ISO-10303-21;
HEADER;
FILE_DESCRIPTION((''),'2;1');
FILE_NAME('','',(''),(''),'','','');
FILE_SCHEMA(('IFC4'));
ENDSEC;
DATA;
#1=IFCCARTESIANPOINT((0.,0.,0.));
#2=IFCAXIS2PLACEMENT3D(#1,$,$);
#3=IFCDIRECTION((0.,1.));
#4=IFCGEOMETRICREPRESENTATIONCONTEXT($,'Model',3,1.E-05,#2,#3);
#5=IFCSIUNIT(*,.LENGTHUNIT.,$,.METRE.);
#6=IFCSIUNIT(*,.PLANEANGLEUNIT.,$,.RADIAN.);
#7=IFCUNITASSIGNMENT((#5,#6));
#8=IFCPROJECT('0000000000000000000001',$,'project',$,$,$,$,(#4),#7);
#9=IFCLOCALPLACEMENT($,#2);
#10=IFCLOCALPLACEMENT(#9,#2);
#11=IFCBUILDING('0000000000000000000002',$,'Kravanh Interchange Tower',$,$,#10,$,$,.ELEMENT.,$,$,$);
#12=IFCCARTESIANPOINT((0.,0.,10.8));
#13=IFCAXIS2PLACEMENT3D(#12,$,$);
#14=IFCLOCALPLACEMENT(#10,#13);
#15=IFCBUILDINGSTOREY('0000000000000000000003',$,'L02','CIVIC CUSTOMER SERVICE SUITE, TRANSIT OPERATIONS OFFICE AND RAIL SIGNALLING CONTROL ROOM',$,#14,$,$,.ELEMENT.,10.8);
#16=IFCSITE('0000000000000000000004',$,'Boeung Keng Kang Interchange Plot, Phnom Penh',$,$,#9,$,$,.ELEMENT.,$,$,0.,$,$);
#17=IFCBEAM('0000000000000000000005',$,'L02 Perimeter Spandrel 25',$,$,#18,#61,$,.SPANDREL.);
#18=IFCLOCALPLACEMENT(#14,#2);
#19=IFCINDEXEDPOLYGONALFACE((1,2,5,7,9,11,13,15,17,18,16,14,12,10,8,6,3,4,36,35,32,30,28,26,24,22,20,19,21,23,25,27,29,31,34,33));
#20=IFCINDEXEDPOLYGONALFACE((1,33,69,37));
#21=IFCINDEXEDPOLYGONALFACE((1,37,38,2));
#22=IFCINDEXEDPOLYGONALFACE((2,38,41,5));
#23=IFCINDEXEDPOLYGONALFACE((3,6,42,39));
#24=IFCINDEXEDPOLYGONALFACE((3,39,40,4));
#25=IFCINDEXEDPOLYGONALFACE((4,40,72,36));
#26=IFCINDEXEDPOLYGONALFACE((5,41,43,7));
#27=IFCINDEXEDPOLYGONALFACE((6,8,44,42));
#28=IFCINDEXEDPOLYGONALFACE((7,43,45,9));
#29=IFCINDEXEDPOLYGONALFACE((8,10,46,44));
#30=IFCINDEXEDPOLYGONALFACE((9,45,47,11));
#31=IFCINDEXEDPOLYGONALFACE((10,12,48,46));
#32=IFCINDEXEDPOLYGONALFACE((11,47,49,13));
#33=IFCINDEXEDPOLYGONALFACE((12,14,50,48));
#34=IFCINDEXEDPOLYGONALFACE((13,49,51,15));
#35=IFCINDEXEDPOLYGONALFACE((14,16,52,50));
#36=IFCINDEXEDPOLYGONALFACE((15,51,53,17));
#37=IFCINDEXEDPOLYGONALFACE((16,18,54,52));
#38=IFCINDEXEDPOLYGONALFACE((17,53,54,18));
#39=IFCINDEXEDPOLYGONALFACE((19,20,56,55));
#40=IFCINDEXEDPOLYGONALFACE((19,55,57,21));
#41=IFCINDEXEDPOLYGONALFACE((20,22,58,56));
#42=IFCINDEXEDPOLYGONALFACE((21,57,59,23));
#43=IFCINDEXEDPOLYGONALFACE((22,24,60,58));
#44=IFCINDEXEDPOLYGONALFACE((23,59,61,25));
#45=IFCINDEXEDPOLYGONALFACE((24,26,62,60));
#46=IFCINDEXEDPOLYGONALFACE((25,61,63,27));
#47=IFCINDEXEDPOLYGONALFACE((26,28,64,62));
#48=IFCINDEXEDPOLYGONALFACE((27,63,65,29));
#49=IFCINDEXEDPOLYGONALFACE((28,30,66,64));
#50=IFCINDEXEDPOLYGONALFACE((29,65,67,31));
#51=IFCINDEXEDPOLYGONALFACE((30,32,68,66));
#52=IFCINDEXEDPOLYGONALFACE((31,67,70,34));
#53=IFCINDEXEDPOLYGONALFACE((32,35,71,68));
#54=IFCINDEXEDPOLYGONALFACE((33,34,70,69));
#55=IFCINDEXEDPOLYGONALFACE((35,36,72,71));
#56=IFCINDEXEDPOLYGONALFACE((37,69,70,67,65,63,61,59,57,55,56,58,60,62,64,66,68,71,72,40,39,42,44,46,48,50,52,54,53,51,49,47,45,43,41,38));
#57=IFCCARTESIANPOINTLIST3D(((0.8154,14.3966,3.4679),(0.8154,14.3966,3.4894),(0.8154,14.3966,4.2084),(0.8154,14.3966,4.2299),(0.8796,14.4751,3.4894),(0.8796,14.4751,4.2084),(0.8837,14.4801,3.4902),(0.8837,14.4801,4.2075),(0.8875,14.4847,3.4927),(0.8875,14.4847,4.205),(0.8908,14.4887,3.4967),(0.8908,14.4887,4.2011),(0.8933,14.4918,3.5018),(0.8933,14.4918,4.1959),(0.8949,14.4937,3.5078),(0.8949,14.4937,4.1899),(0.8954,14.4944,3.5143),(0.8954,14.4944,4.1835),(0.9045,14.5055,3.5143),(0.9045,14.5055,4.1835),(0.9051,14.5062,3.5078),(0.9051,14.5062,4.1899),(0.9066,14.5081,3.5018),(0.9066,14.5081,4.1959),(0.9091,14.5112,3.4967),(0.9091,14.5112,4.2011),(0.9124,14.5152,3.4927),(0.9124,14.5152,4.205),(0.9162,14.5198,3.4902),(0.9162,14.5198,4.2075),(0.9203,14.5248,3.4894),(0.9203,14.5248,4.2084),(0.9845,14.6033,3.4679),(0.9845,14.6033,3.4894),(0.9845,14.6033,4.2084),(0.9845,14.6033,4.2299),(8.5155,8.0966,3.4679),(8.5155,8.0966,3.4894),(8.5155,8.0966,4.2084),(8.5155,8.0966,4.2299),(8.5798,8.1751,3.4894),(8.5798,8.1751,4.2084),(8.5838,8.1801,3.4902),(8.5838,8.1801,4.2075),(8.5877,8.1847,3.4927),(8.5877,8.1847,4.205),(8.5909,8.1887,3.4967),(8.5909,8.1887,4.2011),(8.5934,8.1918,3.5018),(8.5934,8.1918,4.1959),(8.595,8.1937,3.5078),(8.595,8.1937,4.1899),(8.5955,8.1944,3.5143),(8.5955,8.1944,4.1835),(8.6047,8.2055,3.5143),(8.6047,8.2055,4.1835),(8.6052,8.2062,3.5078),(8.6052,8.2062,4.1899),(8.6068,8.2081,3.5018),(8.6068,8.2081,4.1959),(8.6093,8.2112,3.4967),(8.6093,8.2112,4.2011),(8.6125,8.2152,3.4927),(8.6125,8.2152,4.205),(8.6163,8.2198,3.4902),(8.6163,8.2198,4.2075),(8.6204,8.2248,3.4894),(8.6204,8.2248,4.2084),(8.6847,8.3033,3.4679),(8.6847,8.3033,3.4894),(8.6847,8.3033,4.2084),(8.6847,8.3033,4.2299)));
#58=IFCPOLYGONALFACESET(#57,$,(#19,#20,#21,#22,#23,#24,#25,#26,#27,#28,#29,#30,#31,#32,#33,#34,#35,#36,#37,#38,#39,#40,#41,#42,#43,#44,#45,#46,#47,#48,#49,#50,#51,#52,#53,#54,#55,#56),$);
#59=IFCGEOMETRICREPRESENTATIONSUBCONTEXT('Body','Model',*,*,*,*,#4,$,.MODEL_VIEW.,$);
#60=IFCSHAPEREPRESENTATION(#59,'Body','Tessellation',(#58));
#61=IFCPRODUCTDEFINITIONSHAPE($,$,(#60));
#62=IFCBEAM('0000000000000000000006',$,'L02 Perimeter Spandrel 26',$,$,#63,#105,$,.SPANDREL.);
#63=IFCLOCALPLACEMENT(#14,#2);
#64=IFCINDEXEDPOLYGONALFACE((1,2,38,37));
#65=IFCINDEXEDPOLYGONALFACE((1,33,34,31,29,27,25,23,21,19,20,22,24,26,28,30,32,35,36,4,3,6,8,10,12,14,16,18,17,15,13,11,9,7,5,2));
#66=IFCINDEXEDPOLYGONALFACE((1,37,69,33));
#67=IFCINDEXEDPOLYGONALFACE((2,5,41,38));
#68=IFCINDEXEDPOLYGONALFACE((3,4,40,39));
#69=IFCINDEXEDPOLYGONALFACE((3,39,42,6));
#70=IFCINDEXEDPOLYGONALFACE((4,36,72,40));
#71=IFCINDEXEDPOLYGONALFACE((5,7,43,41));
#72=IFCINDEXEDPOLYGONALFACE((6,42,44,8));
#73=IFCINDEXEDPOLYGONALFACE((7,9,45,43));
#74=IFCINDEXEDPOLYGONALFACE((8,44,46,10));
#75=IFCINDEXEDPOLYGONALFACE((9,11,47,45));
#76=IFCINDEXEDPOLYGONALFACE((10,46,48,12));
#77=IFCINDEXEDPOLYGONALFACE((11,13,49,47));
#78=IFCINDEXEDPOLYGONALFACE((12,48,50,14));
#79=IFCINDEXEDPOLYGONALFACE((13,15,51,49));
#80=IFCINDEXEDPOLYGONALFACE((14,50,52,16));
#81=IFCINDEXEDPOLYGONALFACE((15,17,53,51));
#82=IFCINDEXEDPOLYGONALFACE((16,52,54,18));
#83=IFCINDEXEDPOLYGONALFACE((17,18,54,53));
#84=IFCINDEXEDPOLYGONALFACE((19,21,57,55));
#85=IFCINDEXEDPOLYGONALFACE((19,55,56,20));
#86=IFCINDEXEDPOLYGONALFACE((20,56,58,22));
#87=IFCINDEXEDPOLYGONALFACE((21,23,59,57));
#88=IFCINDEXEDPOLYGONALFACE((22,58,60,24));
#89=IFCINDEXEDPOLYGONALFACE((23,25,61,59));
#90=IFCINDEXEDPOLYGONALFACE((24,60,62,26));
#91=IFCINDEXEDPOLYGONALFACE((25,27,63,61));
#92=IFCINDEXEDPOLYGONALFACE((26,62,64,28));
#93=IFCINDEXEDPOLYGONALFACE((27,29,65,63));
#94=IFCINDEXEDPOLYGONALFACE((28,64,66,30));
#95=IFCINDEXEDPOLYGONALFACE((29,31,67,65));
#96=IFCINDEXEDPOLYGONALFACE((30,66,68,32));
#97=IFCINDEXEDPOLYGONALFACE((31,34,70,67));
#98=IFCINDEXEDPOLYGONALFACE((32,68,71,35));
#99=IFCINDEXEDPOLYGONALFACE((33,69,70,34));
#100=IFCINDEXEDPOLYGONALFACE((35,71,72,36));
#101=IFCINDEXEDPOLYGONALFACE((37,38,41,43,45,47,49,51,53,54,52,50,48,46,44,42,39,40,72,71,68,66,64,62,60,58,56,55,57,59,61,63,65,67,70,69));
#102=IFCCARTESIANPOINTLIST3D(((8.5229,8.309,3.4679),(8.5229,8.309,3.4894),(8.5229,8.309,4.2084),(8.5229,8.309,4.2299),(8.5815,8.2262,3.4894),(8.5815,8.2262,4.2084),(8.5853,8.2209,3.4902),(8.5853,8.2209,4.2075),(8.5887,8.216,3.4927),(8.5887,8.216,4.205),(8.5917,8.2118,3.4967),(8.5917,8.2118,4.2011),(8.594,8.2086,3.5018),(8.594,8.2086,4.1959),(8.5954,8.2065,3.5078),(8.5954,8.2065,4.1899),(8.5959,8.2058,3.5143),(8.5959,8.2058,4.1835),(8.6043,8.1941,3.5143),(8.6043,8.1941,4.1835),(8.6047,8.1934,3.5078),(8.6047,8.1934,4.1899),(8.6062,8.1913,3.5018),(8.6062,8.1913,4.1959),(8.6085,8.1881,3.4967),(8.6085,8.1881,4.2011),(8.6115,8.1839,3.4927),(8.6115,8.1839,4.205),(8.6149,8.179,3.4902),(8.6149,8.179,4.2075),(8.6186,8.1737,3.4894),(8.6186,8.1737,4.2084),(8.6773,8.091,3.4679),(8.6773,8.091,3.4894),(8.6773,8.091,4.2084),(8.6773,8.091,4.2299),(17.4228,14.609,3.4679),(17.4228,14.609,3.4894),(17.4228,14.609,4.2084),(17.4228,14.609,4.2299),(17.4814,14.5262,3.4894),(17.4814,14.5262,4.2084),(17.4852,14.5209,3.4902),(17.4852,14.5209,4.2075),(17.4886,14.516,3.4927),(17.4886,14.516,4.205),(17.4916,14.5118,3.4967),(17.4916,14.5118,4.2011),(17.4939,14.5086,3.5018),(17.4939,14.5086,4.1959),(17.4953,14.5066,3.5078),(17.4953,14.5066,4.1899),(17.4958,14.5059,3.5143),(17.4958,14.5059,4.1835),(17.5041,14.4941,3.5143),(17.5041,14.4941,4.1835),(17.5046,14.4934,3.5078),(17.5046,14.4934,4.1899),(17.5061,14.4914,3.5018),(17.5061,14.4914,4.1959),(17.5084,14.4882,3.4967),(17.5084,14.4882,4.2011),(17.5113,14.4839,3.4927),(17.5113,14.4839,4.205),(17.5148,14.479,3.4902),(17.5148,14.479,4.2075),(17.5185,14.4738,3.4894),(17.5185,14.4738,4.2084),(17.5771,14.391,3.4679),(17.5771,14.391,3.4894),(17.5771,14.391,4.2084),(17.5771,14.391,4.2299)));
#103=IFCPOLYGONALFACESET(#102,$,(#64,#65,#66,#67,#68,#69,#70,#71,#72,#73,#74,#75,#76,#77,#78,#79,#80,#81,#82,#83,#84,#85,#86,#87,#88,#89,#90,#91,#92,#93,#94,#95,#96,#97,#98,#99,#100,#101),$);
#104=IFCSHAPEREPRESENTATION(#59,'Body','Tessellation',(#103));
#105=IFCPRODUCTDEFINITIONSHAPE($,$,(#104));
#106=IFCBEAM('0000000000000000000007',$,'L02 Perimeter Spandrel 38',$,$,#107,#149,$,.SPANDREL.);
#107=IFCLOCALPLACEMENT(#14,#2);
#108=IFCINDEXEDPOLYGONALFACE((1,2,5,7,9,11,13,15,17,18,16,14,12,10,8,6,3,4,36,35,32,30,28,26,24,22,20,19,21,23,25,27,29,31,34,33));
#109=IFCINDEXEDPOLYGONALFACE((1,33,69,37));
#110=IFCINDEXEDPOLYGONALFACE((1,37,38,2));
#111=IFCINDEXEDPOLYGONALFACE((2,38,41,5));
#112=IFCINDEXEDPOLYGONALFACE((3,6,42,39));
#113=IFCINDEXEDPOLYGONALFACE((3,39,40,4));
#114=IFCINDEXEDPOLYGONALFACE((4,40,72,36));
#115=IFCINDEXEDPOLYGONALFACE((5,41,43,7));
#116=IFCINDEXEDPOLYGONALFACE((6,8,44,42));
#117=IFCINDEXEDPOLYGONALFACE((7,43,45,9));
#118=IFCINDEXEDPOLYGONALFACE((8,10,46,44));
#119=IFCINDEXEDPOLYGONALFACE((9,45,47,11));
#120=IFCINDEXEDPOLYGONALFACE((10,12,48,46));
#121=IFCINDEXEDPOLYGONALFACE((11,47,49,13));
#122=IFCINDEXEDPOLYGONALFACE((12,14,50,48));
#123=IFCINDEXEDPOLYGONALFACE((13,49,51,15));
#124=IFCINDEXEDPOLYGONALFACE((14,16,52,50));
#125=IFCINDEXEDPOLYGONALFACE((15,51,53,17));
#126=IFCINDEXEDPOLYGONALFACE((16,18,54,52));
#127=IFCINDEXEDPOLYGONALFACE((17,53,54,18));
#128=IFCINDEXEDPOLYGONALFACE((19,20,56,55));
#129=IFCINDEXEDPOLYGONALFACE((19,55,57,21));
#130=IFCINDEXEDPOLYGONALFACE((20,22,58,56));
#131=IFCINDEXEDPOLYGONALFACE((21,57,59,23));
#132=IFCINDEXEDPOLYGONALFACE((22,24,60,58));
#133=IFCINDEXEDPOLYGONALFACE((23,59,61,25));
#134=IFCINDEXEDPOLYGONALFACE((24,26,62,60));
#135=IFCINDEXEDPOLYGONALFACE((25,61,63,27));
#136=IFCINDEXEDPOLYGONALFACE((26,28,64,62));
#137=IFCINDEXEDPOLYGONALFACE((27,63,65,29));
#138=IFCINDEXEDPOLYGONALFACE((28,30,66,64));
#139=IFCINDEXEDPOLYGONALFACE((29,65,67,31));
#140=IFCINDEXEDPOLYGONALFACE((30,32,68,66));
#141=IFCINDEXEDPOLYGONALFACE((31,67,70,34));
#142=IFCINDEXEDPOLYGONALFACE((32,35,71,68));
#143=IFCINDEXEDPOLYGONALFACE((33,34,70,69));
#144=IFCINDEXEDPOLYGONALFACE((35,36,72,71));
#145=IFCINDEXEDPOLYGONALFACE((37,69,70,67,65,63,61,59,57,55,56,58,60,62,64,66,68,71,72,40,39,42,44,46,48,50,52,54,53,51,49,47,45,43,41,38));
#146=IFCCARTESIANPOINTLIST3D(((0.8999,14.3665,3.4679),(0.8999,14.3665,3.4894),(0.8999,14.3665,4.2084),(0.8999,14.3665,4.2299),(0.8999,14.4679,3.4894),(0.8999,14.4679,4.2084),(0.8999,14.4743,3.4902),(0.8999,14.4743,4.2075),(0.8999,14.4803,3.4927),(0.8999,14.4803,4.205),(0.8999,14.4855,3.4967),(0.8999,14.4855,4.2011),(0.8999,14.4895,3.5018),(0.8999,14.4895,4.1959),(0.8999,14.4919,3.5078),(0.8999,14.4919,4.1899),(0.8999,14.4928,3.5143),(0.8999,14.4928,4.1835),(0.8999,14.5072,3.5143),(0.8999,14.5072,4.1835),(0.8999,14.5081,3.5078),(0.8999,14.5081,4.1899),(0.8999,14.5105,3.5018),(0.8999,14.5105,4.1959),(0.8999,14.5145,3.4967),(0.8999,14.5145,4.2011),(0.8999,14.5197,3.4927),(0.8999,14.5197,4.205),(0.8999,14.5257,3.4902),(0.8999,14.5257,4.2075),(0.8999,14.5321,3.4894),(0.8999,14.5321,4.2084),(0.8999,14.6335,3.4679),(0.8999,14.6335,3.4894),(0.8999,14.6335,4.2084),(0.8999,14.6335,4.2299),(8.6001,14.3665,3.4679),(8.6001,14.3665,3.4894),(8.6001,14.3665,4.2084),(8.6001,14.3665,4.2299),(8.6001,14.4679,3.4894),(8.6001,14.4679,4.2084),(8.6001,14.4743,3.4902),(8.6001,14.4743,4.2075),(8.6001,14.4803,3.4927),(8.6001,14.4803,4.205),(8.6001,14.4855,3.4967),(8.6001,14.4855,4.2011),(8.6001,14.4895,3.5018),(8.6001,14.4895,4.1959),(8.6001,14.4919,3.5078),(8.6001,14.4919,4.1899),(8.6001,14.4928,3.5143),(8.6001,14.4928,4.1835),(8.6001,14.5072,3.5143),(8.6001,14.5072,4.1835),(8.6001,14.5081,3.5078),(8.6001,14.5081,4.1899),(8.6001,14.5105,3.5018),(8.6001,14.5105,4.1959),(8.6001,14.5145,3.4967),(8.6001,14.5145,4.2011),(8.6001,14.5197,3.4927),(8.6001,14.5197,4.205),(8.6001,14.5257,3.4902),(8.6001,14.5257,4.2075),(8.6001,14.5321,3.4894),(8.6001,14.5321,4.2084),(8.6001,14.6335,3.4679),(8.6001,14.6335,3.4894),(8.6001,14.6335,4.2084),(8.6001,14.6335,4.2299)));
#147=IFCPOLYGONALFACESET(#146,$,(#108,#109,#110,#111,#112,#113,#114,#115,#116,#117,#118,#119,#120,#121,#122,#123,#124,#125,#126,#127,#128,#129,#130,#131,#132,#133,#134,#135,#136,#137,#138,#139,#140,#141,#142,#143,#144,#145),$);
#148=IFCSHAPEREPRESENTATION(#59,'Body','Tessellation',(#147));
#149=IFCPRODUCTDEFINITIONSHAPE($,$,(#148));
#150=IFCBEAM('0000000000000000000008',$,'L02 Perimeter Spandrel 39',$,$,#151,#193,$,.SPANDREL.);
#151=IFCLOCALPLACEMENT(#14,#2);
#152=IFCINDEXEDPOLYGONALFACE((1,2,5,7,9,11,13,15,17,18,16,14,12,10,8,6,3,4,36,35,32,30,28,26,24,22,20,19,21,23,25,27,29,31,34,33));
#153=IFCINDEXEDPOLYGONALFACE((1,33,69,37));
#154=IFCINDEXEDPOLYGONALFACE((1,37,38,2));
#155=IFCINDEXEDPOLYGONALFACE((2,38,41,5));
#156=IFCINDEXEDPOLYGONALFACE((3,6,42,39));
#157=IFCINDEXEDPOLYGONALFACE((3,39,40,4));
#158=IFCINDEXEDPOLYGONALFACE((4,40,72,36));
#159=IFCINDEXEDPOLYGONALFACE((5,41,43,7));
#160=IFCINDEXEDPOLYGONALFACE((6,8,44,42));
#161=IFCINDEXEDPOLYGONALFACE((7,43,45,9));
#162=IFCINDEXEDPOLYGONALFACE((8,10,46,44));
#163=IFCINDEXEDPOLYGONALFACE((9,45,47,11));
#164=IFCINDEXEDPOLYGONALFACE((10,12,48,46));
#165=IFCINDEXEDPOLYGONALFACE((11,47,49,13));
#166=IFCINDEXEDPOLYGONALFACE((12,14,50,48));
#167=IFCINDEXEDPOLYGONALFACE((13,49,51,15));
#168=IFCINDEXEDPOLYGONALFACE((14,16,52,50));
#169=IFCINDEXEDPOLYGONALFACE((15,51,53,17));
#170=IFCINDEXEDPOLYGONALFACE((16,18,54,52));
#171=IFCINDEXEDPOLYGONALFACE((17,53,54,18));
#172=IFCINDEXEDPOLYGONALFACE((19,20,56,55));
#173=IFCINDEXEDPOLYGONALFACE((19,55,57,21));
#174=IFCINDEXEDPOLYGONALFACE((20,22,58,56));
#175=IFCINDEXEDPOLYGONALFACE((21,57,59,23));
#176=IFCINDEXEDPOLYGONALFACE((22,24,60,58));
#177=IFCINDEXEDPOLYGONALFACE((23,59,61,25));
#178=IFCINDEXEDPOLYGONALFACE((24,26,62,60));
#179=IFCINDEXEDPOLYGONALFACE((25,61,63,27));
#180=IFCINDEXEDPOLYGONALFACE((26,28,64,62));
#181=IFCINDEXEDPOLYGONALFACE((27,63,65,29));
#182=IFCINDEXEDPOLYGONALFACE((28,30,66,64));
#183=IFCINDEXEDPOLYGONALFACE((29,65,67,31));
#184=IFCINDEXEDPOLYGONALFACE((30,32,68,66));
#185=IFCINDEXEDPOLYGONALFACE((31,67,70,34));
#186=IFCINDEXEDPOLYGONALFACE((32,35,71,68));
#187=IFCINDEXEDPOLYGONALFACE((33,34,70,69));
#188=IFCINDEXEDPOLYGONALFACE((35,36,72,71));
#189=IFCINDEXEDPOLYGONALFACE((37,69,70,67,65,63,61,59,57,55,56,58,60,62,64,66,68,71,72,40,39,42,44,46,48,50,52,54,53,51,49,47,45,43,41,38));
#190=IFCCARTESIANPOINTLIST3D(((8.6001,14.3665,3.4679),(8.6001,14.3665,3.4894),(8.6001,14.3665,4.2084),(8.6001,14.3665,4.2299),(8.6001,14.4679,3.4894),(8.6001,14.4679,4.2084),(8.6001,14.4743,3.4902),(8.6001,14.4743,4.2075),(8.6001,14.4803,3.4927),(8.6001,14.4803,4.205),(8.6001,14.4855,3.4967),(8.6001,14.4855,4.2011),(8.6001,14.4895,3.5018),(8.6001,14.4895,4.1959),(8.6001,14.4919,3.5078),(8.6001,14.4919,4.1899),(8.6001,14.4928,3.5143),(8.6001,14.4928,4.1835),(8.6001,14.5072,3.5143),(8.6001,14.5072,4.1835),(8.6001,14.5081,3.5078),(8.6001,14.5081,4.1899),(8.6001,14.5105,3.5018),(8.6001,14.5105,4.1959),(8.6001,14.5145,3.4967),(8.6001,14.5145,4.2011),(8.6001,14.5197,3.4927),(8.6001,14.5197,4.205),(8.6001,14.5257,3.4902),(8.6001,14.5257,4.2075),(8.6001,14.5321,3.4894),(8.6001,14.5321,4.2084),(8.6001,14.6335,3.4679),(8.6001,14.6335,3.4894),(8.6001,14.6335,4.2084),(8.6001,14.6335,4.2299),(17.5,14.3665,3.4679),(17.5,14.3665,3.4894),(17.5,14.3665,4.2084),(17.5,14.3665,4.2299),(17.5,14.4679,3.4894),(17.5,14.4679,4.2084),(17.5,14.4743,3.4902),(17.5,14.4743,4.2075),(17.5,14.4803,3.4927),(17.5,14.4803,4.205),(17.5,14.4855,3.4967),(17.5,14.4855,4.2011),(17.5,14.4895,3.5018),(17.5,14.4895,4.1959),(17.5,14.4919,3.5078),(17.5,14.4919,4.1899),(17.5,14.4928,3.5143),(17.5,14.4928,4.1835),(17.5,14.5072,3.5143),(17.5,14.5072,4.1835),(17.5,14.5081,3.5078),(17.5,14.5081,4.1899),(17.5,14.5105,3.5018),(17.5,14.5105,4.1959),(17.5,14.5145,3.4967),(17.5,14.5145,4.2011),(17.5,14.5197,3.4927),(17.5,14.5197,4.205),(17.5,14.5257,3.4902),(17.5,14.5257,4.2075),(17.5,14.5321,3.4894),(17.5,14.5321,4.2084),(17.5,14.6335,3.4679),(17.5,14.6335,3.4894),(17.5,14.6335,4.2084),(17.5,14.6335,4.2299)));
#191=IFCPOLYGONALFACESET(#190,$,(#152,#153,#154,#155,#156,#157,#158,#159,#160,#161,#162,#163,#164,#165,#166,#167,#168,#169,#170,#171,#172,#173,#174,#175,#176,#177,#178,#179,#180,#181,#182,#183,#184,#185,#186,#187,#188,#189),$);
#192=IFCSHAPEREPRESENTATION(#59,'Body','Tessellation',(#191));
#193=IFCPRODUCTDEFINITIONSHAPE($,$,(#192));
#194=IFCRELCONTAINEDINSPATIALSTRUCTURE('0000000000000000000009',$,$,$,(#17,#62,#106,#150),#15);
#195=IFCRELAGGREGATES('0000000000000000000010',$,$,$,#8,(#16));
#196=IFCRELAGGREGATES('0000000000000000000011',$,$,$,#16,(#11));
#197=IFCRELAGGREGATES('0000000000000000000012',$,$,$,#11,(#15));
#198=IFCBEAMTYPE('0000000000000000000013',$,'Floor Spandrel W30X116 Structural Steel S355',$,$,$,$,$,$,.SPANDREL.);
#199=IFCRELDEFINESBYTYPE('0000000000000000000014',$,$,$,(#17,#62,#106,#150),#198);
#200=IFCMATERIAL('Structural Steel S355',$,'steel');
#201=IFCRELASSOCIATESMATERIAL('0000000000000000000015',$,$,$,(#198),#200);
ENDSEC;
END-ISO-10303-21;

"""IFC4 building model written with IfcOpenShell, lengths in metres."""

from ifc_helpers import new_model, si_unit, direction, frame, origin, origin_2d, place, context, subcontext, project, spatial, i_section, extrude, material, material_profile, profile_set, type_object, element, save


model = new_model("IFC4")

# Units and contexts
model_context = context("Model", 3, precision=1e-05, world=origin(), true_north=direction((0.0, 1.0)))
body_context = subcontext(model_context, "Body", "Model", "MODEL_VIEW")
ifc_project = project(units=[si_unit("LENGTHUNIT", "METRE"), si_unit("PLANEANGLEUNIT", "RADIAN")], contexts=[model_context])

# Site, building, storey
site_placement = place(None, origin())
site = spatial("IfcSite", under=ifc_project, at=site_placement, Name="Boeung Keng Kang Interchange Plot, Phnom Penh", CompositionType="ELEMENT", RefElevation=0.0)
building_placement = place(site_placement, origin())
building = spatial("IfcBuilding", under=site, at=building_placement, Name="Kravanh Interchange Tower", CompositionType="ELEMENT")
storey_placement = place(building_placement, frame((0.0, 0.0, 10.8)))
storey = spatial("IfcBuildingStorey", under=building, at=storey_placement, Name="L02", Description="CIVIC CUSTOMER SERVICE SUITE, TRANSIT OPERATIONS OFFICE AND RAIL SIGNALLING CONTROL ROOM", CompositionType="ELEMENT", Elevation=10.8)

# Beams
ifc_material_1 = material(Name="Structural Steel S355", Category="steel")
ifc_material_profile_1 = material_profile(ifc_material_1, i_section(OverallWidth=0.2671, OverallDepth=0.762, WebThickness=0.0144, FlangeThickness=0.0215, FilletRadius=0.0249, at=origin_2d()), Name="W30X116")
ifc_profile_set_1 = profile_set([ifc_material_profile_1], Name="Structural Steel S355")
beam_type_1 = type_object("IfcBeamType", Name="Floor Spandrel W30X116 Structural Steel S355", PredefinedType="SPANDREL", material=ifc_profile_set_1)
beam_1_placement = place(storey_placement, frame((8.6001, 8.2, 3.8489), z_axis=(-0.773963, 0.633231, 0.0), x_axis=(-0.633231, -0.773963, 0.0)))
element("IfcBeam", 1, at=beam_1_placement, inside=storey, type_object=beam_type_1, Name="L02 Perimeter Spandrel 25", PredefinedType="SPANDREL", context=body_context, shape_type="SweptSolid", body=[
    extrude(i_section(OverallWidth=0.2671, OverallDepth=0.762, WebThickness=0.0144, FlangeThickness=0.0215, FilletRadius=0.0249, at=origin_2d()), origin(), (0.0, 0.0, 1.0), 9.949),
])
beam_2_placement = place(storey_placement, frame((8.6001, 8.2, 3.8489), z_axis=(0.8162, 0.57777, 0.0), x_axis=(-0.57777, 0.8162, 0.0)))
element("IfcBeam", 2, at=beam_2_placement, inside=storey, type_object=beam_type_1, Name="L02 Perimeter Spandrel 26", PredefinedType="SPANDREL", context=body_context, shape_type="SweptSolid", body=[
    extrude(i_section(OverallWidth=0.2671, OverallDepth=0.762, WebThickness=0.0144, FlangeThickness=0.0215, FilletRadius=0.0249, at=origin_2d()), origin(), (0.0, 0.0, 1.0), 10.9041),
])
beam_3_placement = place(storey_placement, frame((8.6001, 14.5, 3.8489), z_axis=(-1.0, 0.0, 0.0), x_axis=(0.0, -1.0, 0.0)))
element("IfcBeam", 3, at=beam_3_placement, inside=storey, type_object=beam_type_1, Name="L02 Perimeter Spandrel 38", PredefinedType="SPANDREL", context=body_context, shape_type="SweptSolid", body=[
    extrude(i_section(OverallWidth=0.2671, OverallDepth=0.762, WebThickness=0.0144, FlangeThickness=0.0215, FilletRadius=0.0249, at=origin_2d()), origin(), (0.0, 0.0, 1.0), 7.7002),
])
beam_4_placement = place(storey_placement, frame((8.6001, 14.5, 3.8489), z_axis=(1.0, 0.0, 0.0), x_axis=(0.0, 1.0, 0.0)))
element("IfcBeam", 4, at=beam_4_placement, inside=storey, type_object=beam_type_1, Name="L02 Perimeter Spandrel 39", PredefinedType="SPANDREL", context=body_context, shape_type="SweptSolid", body=[
    extrude(i_section(OverallWidth=0.2671, OverallDepth=0.762, WebThickness=0.0144, FlangeThickness=0.0215, FilletRadius=0.0249, at=origin_2d()), origin(), (0.0, 0.0, 1.0), 8.8999),
])

save(model, "model.ifc")
